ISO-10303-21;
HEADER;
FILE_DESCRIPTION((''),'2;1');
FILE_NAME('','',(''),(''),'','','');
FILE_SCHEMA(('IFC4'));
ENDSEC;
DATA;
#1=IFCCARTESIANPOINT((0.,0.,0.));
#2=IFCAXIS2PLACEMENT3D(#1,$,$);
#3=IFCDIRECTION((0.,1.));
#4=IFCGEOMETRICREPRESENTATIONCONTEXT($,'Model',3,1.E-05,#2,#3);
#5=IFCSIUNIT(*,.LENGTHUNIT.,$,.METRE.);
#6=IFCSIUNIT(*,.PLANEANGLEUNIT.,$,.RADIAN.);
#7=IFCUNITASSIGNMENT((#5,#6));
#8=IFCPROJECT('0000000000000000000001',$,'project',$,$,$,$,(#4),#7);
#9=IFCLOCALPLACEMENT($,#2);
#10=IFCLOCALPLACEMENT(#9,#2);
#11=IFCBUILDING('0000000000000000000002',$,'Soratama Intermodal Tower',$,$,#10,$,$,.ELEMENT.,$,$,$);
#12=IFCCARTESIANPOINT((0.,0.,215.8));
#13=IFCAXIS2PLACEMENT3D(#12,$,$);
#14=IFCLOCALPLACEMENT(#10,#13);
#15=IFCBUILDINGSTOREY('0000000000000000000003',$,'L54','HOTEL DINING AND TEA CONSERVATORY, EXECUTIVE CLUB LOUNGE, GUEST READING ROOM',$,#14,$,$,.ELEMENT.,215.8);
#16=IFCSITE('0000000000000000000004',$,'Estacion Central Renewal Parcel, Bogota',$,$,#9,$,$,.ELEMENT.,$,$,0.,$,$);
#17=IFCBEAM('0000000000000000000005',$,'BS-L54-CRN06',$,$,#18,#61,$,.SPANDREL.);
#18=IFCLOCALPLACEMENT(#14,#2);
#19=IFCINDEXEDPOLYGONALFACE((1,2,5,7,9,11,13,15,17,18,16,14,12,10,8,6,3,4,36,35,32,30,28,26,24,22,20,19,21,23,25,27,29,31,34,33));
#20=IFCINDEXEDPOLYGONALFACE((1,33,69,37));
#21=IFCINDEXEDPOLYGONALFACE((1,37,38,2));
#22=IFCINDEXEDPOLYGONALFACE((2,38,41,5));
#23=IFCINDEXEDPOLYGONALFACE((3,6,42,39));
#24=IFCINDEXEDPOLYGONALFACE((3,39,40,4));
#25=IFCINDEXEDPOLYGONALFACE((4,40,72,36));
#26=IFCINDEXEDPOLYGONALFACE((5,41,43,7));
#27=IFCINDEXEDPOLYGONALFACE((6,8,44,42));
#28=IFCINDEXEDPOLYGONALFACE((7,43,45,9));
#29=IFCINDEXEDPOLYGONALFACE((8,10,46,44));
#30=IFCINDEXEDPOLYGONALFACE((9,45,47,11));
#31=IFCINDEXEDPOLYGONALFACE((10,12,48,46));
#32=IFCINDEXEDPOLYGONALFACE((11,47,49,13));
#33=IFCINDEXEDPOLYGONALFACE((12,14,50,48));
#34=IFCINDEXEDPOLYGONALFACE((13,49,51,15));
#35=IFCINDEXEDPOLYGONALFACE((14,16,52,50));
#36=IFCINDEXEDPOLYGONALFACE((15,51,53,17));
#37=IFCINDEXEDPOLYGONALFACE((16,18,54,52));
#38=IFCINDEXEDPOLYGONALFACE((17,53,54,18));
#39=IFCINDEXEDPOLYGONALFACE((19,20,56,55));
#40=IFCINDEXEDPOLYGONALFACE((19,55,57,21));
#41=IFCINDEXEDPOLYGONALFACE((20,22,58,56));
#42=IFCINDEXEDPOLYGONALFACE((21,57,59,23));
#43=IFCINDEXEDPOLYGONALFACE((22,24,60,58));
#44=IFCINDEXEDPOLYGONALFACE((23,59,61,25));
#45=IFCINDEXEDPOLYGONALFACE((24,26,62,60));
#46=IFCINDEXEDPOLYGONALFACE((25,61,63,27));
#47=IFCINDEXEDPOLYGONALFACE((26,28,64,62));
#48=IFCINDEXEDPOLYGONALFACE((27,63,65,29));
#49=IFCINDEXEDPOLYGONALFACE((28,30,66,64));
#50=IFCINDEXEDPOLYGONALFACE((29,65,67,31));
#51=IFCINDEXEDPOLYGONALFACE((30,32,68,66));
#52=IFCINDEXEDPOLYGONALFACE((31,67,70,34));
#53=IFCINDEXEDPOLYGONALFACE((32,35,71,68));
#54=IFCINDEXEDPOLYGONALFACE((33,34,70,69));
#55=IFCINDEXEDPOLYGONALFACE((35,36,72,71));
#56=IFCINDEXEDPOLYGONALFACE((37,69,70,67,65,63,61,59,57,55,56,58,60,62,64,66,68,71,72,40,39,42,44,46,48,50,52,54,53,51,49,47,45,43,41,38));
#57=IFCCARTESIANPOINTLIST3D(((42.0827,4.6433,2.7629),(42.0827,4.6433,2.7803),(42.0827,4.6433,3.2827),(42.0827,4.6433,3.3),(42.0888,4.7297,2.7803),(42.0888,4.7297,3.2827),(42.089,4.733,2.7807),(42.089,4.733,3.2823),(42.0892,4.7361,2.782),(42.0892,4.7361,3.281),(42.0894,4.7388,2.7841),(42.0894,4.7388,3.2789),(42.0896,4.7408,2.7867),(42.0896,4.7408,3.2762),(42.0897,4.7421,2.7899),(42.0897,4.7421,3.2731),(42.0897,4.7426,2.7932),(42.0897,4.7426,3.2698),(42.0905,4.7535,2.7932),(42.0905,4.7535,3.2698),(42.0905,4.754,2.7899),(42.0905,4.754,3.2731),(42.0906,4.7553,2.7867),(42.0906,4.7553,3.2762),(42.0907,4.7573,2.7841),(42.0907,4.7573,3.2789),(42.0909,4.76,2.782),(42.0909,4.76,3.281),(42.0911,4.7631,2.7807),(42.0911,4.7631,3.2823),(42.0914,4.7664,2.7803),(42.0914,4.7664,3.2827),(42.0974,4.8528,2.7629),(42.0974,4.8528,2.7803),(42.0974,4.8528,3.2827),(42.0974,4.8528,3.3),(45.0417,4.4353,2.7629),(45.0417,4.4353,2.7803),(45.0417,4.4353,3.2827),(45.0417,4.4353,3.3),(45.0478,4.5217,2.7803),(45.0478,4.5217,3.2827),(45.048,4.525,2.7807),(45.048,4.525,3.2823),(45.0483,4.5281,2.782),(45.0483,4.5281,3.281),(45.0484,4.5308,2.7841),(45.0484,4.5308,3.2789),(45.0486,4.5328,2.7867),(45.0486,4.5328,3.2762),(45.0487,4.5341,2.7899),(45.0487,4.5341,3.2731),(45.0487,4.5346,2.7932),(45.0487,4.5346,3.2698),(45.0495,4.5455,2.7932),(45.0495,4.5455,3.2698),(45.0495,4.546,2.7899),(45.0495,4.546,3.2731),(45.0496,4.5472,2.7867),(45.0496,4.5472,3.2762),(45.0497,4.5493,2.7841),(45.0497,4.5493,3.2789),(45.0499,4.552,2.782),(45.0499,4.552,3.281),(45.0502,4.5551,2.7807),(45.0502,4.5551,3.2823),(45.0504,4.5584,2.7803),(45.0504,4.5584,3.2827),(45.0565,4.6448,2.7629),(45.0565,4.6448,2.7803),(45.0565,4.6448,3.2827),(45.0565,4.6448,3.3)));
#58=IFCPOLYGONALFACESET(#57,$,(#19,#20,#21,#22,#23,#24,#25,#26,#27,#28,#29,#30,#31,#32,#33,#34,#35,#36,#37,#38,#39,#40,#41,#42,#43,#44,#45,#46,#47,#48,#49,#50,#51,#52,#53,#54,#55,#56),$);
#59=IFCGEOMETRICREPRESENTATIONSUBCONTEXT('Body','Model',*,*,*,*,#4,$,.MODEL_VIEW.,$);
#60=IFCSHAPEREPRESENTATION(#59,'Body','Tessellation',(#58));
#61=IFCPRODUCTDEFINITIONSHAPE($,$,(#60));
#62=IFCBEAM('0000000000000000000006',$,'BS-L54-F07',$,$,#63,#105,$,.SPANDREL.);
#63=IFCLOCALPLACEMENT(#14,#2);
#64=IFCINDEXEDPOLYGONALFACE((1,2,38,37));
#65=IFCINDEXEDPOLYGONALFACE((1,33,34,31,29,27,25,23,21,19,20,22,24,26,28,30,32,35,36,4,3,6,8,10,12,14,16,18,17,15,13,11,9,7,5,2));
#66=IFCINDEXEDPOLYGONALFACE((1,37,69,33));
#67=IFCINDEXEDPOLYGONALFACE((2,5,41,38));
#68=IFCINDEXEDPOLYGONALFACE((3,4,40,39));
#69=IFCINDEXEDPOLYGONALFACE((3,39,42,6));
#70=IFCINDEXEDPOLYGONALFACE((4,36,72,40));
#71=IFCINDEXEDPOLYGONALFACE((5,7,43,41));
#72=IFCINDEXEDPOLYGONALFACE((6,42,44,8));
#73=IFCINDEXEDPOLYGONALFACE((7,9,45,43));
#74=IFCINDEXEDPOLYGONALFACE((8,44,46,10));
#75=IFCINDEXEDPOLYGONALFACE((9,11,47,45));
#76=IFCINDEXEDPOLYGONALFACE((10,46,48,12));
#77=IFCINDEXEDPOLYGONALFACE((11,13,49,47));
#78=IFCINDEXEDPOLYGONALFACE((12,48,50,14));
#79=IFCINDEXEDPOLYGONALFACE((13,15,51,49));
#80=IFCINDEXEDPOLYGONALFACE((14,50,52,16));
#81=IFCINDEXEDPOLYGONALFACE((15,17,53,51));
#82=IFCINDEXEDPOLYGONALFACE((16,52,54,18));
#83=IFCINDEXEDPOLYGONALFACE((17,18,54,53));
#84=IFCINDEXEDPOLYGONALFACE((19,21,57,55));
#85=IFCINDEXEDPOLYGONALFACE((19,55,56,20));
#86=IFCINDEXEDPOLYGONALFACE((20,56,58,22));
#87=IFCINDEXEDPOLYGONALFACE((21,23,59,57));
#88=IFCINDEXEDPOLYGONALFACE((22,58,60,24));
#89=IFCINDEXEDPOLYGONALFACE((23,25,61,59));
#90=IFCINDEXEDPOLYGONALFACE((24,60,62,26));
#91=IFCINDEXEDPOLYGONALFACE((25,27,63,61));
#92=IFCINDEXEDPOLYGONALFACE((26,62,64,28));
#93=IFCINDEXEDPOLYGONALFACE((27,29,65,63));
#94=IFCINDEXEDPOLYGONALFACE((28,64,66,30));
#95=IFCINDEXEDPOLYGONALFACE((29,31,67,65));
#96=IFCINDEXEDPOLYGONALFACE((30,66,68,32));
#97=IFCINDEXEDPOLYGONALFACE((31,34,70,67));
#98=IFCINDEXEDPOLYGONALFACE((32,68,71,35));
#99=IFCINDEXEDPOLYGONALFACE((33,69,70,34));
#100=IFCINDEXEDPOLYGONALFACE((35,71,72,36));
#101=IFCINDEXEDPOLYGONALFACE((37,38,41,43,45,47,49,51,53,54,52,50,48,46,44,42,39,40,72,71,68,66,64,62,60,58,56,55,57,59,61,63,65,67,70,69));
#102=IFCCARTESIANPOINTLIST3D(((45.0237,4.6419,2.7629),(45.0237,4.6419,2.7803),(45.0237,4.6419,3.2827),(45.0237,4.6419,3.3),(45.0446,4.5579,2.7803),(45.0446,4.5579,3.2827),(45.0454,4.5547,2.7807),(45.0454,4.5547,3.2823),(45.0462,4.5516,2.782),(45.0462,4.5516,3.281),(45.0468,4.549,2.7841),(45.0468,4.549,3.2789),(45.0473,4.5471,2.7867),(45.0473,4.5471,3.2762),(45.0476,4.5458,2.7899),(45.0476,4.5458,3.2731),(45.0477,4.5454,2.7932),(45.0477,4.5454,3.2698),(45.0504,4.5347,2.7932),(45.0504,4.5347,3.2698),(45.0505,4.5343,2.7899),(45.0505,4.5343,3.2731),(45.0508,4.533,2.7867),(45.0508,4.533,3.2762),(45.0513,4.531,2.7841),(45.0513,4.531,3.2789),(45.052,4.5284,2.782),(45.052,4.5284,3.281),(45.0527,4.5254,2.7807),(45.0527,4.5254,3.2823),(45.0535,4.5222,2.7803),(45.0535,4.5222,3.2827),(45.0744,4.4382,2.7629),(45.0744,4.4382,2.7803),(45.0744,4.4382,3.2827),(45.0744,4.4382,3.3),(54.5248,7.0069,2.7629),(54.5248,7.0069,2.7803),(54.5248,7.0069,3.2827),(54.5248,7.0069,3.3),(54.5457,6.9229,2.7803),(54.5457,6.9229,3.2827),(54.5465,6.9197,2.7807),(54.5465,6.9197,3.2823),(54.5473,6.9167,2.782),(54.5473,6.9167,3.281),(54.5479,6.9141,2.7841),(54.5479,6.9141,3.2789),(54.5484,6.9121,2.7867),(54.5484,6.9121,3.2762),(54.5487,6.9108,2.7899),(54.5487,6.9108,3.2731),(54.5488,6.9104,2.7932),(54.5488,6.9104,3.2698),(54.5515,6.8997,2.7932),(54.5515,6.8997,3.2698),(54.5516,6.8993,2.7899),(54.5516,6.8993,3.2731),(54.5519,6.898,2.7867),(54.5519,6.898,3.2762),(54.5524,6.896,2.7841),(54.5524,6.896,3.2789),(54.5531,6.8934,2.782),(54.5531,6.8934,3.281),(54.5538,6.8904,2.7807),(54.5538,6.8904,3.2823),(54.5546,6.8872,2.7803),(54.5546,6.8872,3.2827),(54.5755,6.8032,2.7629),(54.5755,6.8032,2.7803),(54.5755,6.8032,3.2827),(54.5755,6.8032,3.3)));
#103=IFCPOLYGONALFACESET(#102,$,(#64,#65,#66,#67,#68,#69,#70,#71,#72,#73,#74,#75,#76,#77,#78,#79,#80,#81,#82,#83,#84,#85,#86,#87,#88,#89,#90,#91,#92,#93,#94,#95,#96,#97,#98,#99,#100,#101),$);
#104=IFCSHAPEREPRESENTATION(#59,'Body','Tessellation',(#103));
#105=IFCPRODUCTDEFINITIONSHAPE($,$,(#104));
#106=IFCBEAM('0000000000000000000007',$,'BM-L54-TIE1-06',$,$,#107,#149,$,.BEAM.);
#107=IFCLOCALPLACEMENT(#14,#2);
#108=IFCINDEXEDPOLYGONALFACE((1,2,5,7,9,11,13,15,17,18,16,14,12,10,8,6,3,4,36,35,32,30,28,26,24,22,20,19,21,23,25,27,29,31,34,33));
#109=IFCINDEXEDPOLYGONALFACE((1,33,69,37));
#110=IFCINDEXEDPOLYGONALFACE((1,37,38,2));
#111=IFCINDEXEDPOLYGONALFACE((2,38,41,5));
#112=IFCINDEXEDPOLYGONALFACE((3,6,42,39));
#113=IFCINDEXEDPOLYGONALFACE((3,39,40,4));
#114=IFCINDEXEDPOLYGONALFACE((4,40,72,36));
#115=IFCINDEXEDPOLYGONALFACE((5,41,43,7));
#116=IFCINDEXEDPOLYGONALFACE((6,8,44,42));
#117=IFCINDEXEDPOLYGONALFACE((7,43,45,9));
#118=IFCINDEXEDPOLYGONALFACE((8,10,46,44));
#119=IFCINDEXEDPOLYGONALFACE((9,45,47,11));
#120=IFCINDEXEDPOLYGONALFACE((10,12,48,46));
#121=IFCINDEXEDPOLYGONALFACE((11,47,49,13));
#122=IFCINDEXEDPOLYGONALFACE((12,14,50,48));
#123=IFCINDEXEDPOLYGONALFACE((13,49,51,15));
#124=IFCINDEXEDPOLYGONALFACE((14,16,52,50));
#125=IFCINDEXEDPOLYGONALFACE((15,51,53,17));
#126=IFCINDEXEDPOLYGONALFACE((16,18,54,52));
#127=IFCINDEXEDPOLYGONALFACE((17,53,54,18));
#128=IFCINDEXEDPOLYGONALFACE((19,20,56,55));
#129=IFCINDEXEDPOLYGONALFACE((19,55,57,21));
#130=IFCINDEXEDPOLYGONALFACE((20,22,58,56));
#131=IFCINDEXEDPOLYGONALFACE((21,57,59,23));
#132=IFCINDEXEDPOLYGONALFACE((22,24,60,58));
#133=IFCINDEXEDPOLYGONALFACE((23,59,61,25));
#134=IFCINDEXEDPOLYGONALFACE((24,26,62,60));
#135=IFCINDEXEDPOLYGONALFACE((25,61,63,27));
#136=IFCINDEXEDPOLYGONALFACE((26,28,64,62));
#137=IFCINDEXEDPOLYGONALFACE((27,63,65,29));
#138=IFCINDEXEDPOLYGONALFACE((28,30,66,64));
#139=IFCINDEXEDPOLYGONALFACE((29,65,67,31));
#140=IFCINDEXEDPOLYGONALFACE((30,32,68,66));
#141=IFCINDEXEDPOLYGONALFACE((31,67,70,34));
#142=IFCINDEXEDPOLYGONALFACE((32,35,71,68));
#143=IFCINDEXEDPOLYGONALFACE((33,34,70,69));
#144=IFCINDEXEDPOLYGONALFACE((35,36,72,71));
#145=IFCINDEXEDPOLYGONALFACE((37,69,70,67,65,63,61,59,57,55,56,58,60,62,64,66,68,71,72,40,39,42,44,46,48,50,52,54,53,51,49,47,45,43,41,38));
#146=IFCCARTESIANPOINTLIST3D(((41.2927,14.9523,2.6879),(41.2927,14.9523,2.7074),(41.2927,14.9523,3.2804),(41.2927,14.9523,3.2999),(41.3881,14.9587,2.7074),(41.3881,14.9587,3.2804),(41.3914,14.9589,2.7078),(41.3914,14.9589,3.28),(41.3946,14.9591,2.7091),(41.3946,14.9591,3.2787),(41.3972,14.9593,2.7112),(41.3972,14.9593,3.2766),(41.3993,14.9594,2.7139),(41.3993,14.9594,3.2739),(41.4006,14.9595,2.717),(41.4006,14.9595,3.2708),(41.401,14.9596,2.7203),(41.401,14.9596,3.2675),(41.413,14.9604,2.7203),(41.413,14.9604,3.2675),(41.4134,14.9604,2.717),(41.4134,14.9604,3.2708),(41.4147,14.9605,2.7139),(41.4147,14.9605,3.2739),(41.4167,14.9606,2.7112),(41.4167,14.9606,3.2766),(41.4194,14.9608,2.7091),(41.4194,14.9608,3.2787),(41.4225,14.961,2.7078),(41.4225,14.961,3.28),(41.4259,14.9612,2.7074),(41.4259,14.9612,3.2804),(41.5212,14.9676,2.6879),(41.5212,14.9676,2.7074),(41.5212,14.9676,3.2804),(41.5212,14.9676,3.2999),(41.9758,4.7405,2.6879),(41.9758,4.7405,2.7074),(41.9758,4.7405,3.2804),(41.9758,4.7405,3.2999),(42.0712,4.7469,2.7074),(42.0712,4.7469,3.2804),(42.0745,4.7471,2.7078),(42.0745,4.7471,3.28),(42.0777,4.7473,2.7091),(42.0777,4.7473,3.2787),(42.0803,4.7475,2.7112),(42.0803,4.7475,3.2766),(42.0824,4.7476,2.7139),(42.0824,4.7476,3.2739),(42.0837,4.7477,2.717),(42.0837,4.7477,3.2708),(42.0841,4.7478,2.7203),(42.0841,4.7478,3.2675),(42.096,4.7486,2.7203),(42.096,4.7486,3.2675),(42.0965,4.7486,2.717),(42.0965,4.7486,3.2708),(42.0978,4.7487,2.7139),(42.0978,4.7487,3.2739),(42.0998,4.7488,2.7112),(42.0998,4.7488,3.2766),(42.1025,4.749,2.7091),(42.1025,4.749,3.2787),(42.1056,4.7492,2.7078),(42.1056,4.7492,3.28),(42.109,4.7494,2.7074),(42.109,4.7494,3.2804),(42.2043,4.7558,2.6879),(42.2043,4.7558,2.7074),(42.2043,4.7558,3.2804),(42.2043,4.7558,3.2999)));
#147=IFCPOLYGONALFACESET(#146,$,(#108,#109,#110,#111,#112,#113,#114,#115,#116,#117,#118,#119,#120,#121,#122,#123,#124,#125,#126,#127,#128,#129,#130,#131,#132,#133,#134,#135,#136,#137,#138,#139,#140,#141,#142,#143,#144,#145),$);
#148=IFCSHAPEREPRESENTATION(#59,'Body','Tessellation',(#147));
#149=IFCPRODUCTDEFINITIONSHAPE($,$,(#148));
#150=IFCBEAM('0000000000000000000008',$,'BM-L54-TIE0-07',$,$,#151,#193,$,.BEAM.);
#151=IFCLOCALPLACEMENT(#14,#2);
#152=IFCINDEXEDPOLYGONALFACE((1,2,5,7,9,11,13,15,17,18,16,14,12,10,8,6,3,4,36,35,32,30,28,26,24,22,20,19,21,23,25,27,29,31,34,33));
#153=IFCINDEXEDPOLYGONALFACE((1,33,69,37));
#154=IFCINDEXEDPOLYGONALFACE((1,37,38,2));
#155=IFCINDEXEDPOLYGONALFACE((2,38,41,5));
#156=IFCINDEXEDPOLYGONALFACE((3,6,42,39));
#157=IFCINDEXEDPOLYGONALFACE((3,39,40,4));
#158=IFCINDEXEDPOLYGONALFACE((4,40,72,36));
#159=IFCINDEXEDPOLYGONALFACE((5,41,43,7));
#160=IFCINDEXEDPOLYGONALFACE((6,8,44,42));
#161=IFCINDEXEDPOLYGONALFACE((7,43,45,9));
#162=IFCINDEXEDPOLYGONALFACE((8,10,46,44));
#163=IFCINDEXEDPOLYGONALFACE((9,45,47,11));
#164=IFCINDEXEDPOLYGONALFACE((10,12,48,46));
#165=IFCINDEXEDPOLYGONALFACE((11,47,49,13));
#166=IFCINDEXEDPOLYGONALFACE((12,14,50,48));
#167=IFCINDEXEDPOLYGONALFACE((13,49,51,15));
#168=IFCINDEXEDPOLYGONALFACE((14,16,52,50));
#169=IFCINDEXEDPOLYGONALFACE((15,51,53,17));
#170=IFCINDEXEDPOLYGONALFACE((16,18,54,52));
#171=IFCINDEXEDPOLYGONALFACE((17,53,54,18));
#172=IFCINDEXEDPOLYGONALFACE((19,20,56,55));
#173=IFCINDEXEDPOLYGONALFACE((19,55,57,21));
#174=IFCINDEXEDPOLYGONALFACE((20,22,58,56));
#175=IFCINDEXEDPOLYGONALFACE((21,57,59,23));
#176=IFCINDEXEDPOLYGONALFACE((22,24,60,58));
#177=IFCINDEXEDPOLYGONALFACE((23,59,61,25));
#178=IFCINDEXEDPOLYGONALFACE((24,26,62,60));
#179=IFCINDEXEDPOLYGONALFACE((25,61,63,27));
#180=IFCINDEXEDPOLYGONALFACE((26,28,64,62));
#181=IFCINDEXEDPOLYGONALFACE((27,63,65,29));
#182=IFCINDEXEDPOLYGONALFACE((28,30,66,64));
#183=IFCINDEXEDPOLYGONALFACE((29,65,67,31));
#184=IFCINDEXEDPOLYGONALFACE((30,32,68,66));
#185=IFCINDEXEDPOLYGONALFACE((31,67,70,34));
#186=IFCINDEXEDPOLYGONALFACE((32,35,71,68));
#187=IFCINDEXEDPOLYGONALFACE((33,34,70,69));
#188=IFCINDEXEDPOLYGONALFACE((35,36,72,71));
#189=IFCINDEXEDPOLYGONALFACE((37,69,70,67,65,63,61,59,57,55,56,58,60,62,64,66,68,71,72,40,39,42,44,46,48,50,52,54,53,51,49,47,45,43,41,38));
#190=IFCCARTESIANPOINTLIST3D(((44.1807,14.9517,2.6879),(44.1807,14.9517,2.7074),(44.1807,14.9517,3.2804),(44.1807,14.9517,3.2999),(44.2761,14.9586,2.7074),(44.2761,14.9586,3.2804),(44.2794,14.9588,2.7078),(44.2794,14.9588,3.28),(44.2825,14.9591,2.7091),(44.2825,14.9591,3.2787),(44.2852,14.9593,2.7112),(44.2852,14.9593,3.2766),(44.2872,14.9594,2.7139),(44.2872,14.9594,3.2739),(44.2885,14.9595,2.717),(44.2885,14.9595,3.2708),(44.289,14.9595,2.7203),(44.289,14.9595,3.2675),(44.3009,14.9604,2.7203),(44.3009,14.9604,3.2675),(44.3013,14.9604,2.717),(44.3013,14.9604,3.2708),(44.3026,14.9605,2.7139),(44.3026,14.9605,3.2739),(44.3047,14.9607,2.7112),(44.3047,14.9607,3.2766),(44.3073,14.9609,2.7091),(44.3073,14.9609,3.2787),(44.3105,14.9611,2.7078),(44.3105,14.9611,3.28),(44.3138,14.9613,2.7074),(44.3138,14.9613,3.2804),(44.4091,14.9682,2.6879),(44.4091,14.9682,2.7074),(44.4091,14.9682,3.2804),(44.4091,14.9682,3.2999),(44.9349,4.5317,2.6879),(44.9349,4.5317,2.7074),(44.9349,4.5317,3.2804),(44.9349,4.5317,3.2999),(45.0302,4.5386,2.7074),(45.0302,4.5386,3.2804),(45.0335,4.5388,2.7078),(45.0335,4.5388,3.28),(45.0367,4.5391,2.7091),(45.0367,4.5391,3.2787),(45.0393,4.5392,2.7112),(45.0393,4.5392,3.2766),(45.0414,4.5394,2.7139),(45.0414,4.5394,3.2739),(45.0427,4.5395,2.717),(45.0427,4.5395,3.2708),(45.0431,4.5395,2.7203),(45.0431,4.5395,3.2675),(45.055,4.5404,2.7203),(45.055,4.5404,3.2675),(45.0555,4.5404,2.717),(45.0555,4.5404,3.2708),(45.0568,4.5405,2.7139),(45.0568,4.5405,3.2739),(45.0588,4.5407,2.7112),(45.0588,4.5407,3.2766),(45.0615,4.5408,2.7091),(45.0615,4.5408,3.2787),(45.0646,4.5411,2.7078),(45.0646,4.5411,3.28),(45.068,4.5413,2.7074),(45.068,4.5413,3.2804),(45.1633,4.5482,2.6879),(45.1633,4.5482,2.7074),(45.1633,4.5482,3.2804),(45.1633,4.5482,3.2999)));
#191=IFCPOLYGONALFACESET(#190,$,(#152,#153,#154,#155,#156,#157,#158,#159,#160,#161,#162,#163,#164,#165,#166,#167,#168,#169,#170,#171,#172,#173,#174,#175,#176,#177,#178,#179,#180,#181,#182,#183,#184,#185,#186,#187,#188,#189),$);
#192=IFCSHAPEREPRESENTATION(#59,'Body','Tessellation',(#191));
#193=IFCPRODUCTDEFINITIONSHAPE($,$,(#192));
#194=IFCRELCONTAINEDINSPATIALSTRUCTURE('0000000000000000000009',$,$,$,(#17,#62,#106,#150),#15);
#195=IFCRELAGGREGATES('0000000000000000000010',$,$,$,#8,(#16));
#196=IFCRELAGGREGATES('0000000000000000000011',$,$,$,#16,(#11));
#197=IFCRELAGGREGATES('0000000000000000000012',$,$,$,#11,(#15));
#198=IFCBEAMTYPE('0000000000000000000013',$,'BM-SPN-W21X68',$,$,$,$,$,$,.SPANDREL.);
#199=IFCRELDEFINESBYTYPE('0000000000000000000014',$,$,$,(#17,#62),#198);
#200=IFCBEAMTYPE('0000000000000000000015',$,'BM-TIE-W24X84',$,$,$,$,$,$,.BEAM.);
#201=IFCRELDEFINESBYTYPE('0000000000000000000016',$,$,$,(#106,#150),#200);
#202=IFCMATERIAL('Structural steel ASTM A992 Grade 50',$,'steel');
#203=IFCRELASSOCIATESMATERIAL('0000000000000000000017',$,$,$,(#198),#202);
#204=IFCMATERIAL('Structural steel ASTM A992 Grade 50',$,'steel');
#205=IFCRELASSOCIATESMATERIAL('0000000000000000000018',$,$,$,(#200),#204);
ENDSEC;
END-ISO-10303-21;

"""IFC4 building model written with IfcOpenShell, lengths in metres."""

from ifc_helpers import new_model, si_unit, direction, frame, origin, origin_2d, place, context, subcontext, project, spatial, i_section, extrude, material, material_profile, profile_set, type_object, element, save


model = new_model("IFC4")

# Units and contexts
model_context = context("Model", 3, precision=1e-05, world=origin(), true_north=direction((0.0, 1.0)))
body_context = subcontext(model_context, "Body", "Model", "MODEL_VIEW")
ifc_project = project(units=[si_unit("LENGTHUNIT", "METRE"), si_unit("PLANEANGLEUNIT", "RADIAN")], contexts=[model_context])

# Site, building, storey
site_placement = place(None, origin())
site = spatial("IfcSite", under=ifc_project, at=site_placement, Name="Estacion Central Renewal Parcel, Bogota", CompositionType="ELEMENT", RefElevation=0.0)
building_placement = place(site_placement, origin())
building = spatial("IfcBuilding", under=site, at=building_placement, Name="Soratama Intermodal Tower", CompositionType="ELEMENT")
storey_placement = place(building_placement, frame((0.0, 0.0, 215.8)))
storey = spatial("IfcBuildingStorey", under=building, at=storey_placement, Name="L54", Description="HOTEL DINING AND TEA CONSERVATORY, EXECUTIVE CLUB LOUNGE, GUEST READING ROOM", CompositionType="ELEMENT", Elevation=215.8)

# Beams
ifc_material_1 = material(Name="Structural steel ASTM A992 Grade 50", Category="steel")
ifc_material_profile_1 = material_profile(ifc_material_1, i_section(OverallWidth=0.21, OverallDepth=0.5371, WebThickness=0.011, FlangeThickness=0.0173, FilletRadius=0.0129, at=origin_2d()), Name="W21X68")
ifc_profile_set_1 = profile_set([ifc_material_profile_1], Name="Structural steel ASTM A992 Grade 50")
beam_type_1 = type_object("IfcBeamType", Name="BM-SPN-W21X68", PredefinedType="SPANDREL", material=ifc_profile_set_1)
beam_1_placement = place(storey_placement, frame((42.0901, 4.748, 3.0315), z_axis=(0.997538, -0.070124, 0.0), x_axis=(0.070124, 0.997538, 0.0)))
element("IfcBeam", 1, at=beam_1_placement, inside=storey, type_object=beam_type_1, Name="BS-L54-CRN06", PredefinedType="SPANDREL", context=body_context, shape_type="SweptSolid", body=[
    extrude(i_section(OverallWidth=0.21, OverallDepth=0.5371, WebThickness=0.011, FlangeThickness=0.0173, FilletRadius=0.0129, at=origin_2d()), origin(), (0.0, 0.0, 1.0), 2.9663),
])
beam_2_placement = place(storey_placement, frame((45.0491, 4.54, 3.0315), z_axis=(0.970388, 0.24155, 0.0), x_axis=(-0.24155, 0.970388, 0.0)))
element("IfcBeam", 2, at=beam_2_placement, inside=storey, type_object=beam_type_1, Name="BS-L54-F07", PredefinedType="SPANDREL", context=body_context, shape_type="SweptSolid", body=[
    extrude(i_section(OverallWidth=0.21, OverallDepth=0.5371, WebThickness=0.011, FlangeThickness=0.0173, FilletRadius=0.0129, at=origin_2d()), origin(), (0.0, 0.0, 1.0), 9.791),
])
ifc_material_2 = material(Name="Structural steel ASTM A992 Grade 50", Category="steel")
ifc_material_profile_2 = material_profile(ifc_material_2, i_section(OverallWidth=0.229, OverallDepth=0.6121, WebThickness=0.012, FlangeThickness=0.0195, FilletRadius=0.0129, at=origin_2d()), Name="W24X84")
ifc_profile_set_2 = profile_set([ifc_material_profile_2], Name="Structural steel ASTM A992 Grade 50")
beam_type_2 = type_object("IfcBeamType", Name="BM-TIE-W24X84", PredefinedType="BEAM", material=ifc_profile_set_2)
beam_3_placement = place(storey_placement, frame((41.407, 14.96, 2.9939), z_axis=(0.066744, -0.99777, 0.0), x_axis=(0.99777, 0.066744, 0.0)))
element("IfcBeam", 3, at=beam_3_placement, inside=storey, type_object=beam_type_2, Name="BM-L54-TIE1-06", PredefinedType="BEAM", context=body_context, shape_type="SweptSolid", body=[
    extrude(i_section(OverallWidth=0.229, OverallDepth=0.6121, WebThickness=0.012, FlangeThickness=0.0195, FilletRadius=0.0129, at=origin_2d()), origin(), (0.0, 0.0, 1.0), 10.2346),
])
beam_4_placement = place(storey_placement, frame((44.2949, 14.96, 2.9939), z_axis=(0.072187, -0.997391, 0.0), x_axis=(0.997391, 0.072187, 0.0)))
element("IfcBeam", 4, at=beam_4_placement, inside=storey, type_object=beam_type_2, Name="BM-L54-TIE0-07", PredefinedType="BEAM", context=body_context, shape_type="SweptSolid", body=[
    extrude(i_section(OverallWidth=0.229, OverallDepth=0.6121, WebThickness=0.012, FlangeThickness=0.0195, FilletRadius=0.0129, at=origin_2d()), origin(), (0.0, 0.0, 1.0), 10.4473),
])

save(model, "model.ifc")
